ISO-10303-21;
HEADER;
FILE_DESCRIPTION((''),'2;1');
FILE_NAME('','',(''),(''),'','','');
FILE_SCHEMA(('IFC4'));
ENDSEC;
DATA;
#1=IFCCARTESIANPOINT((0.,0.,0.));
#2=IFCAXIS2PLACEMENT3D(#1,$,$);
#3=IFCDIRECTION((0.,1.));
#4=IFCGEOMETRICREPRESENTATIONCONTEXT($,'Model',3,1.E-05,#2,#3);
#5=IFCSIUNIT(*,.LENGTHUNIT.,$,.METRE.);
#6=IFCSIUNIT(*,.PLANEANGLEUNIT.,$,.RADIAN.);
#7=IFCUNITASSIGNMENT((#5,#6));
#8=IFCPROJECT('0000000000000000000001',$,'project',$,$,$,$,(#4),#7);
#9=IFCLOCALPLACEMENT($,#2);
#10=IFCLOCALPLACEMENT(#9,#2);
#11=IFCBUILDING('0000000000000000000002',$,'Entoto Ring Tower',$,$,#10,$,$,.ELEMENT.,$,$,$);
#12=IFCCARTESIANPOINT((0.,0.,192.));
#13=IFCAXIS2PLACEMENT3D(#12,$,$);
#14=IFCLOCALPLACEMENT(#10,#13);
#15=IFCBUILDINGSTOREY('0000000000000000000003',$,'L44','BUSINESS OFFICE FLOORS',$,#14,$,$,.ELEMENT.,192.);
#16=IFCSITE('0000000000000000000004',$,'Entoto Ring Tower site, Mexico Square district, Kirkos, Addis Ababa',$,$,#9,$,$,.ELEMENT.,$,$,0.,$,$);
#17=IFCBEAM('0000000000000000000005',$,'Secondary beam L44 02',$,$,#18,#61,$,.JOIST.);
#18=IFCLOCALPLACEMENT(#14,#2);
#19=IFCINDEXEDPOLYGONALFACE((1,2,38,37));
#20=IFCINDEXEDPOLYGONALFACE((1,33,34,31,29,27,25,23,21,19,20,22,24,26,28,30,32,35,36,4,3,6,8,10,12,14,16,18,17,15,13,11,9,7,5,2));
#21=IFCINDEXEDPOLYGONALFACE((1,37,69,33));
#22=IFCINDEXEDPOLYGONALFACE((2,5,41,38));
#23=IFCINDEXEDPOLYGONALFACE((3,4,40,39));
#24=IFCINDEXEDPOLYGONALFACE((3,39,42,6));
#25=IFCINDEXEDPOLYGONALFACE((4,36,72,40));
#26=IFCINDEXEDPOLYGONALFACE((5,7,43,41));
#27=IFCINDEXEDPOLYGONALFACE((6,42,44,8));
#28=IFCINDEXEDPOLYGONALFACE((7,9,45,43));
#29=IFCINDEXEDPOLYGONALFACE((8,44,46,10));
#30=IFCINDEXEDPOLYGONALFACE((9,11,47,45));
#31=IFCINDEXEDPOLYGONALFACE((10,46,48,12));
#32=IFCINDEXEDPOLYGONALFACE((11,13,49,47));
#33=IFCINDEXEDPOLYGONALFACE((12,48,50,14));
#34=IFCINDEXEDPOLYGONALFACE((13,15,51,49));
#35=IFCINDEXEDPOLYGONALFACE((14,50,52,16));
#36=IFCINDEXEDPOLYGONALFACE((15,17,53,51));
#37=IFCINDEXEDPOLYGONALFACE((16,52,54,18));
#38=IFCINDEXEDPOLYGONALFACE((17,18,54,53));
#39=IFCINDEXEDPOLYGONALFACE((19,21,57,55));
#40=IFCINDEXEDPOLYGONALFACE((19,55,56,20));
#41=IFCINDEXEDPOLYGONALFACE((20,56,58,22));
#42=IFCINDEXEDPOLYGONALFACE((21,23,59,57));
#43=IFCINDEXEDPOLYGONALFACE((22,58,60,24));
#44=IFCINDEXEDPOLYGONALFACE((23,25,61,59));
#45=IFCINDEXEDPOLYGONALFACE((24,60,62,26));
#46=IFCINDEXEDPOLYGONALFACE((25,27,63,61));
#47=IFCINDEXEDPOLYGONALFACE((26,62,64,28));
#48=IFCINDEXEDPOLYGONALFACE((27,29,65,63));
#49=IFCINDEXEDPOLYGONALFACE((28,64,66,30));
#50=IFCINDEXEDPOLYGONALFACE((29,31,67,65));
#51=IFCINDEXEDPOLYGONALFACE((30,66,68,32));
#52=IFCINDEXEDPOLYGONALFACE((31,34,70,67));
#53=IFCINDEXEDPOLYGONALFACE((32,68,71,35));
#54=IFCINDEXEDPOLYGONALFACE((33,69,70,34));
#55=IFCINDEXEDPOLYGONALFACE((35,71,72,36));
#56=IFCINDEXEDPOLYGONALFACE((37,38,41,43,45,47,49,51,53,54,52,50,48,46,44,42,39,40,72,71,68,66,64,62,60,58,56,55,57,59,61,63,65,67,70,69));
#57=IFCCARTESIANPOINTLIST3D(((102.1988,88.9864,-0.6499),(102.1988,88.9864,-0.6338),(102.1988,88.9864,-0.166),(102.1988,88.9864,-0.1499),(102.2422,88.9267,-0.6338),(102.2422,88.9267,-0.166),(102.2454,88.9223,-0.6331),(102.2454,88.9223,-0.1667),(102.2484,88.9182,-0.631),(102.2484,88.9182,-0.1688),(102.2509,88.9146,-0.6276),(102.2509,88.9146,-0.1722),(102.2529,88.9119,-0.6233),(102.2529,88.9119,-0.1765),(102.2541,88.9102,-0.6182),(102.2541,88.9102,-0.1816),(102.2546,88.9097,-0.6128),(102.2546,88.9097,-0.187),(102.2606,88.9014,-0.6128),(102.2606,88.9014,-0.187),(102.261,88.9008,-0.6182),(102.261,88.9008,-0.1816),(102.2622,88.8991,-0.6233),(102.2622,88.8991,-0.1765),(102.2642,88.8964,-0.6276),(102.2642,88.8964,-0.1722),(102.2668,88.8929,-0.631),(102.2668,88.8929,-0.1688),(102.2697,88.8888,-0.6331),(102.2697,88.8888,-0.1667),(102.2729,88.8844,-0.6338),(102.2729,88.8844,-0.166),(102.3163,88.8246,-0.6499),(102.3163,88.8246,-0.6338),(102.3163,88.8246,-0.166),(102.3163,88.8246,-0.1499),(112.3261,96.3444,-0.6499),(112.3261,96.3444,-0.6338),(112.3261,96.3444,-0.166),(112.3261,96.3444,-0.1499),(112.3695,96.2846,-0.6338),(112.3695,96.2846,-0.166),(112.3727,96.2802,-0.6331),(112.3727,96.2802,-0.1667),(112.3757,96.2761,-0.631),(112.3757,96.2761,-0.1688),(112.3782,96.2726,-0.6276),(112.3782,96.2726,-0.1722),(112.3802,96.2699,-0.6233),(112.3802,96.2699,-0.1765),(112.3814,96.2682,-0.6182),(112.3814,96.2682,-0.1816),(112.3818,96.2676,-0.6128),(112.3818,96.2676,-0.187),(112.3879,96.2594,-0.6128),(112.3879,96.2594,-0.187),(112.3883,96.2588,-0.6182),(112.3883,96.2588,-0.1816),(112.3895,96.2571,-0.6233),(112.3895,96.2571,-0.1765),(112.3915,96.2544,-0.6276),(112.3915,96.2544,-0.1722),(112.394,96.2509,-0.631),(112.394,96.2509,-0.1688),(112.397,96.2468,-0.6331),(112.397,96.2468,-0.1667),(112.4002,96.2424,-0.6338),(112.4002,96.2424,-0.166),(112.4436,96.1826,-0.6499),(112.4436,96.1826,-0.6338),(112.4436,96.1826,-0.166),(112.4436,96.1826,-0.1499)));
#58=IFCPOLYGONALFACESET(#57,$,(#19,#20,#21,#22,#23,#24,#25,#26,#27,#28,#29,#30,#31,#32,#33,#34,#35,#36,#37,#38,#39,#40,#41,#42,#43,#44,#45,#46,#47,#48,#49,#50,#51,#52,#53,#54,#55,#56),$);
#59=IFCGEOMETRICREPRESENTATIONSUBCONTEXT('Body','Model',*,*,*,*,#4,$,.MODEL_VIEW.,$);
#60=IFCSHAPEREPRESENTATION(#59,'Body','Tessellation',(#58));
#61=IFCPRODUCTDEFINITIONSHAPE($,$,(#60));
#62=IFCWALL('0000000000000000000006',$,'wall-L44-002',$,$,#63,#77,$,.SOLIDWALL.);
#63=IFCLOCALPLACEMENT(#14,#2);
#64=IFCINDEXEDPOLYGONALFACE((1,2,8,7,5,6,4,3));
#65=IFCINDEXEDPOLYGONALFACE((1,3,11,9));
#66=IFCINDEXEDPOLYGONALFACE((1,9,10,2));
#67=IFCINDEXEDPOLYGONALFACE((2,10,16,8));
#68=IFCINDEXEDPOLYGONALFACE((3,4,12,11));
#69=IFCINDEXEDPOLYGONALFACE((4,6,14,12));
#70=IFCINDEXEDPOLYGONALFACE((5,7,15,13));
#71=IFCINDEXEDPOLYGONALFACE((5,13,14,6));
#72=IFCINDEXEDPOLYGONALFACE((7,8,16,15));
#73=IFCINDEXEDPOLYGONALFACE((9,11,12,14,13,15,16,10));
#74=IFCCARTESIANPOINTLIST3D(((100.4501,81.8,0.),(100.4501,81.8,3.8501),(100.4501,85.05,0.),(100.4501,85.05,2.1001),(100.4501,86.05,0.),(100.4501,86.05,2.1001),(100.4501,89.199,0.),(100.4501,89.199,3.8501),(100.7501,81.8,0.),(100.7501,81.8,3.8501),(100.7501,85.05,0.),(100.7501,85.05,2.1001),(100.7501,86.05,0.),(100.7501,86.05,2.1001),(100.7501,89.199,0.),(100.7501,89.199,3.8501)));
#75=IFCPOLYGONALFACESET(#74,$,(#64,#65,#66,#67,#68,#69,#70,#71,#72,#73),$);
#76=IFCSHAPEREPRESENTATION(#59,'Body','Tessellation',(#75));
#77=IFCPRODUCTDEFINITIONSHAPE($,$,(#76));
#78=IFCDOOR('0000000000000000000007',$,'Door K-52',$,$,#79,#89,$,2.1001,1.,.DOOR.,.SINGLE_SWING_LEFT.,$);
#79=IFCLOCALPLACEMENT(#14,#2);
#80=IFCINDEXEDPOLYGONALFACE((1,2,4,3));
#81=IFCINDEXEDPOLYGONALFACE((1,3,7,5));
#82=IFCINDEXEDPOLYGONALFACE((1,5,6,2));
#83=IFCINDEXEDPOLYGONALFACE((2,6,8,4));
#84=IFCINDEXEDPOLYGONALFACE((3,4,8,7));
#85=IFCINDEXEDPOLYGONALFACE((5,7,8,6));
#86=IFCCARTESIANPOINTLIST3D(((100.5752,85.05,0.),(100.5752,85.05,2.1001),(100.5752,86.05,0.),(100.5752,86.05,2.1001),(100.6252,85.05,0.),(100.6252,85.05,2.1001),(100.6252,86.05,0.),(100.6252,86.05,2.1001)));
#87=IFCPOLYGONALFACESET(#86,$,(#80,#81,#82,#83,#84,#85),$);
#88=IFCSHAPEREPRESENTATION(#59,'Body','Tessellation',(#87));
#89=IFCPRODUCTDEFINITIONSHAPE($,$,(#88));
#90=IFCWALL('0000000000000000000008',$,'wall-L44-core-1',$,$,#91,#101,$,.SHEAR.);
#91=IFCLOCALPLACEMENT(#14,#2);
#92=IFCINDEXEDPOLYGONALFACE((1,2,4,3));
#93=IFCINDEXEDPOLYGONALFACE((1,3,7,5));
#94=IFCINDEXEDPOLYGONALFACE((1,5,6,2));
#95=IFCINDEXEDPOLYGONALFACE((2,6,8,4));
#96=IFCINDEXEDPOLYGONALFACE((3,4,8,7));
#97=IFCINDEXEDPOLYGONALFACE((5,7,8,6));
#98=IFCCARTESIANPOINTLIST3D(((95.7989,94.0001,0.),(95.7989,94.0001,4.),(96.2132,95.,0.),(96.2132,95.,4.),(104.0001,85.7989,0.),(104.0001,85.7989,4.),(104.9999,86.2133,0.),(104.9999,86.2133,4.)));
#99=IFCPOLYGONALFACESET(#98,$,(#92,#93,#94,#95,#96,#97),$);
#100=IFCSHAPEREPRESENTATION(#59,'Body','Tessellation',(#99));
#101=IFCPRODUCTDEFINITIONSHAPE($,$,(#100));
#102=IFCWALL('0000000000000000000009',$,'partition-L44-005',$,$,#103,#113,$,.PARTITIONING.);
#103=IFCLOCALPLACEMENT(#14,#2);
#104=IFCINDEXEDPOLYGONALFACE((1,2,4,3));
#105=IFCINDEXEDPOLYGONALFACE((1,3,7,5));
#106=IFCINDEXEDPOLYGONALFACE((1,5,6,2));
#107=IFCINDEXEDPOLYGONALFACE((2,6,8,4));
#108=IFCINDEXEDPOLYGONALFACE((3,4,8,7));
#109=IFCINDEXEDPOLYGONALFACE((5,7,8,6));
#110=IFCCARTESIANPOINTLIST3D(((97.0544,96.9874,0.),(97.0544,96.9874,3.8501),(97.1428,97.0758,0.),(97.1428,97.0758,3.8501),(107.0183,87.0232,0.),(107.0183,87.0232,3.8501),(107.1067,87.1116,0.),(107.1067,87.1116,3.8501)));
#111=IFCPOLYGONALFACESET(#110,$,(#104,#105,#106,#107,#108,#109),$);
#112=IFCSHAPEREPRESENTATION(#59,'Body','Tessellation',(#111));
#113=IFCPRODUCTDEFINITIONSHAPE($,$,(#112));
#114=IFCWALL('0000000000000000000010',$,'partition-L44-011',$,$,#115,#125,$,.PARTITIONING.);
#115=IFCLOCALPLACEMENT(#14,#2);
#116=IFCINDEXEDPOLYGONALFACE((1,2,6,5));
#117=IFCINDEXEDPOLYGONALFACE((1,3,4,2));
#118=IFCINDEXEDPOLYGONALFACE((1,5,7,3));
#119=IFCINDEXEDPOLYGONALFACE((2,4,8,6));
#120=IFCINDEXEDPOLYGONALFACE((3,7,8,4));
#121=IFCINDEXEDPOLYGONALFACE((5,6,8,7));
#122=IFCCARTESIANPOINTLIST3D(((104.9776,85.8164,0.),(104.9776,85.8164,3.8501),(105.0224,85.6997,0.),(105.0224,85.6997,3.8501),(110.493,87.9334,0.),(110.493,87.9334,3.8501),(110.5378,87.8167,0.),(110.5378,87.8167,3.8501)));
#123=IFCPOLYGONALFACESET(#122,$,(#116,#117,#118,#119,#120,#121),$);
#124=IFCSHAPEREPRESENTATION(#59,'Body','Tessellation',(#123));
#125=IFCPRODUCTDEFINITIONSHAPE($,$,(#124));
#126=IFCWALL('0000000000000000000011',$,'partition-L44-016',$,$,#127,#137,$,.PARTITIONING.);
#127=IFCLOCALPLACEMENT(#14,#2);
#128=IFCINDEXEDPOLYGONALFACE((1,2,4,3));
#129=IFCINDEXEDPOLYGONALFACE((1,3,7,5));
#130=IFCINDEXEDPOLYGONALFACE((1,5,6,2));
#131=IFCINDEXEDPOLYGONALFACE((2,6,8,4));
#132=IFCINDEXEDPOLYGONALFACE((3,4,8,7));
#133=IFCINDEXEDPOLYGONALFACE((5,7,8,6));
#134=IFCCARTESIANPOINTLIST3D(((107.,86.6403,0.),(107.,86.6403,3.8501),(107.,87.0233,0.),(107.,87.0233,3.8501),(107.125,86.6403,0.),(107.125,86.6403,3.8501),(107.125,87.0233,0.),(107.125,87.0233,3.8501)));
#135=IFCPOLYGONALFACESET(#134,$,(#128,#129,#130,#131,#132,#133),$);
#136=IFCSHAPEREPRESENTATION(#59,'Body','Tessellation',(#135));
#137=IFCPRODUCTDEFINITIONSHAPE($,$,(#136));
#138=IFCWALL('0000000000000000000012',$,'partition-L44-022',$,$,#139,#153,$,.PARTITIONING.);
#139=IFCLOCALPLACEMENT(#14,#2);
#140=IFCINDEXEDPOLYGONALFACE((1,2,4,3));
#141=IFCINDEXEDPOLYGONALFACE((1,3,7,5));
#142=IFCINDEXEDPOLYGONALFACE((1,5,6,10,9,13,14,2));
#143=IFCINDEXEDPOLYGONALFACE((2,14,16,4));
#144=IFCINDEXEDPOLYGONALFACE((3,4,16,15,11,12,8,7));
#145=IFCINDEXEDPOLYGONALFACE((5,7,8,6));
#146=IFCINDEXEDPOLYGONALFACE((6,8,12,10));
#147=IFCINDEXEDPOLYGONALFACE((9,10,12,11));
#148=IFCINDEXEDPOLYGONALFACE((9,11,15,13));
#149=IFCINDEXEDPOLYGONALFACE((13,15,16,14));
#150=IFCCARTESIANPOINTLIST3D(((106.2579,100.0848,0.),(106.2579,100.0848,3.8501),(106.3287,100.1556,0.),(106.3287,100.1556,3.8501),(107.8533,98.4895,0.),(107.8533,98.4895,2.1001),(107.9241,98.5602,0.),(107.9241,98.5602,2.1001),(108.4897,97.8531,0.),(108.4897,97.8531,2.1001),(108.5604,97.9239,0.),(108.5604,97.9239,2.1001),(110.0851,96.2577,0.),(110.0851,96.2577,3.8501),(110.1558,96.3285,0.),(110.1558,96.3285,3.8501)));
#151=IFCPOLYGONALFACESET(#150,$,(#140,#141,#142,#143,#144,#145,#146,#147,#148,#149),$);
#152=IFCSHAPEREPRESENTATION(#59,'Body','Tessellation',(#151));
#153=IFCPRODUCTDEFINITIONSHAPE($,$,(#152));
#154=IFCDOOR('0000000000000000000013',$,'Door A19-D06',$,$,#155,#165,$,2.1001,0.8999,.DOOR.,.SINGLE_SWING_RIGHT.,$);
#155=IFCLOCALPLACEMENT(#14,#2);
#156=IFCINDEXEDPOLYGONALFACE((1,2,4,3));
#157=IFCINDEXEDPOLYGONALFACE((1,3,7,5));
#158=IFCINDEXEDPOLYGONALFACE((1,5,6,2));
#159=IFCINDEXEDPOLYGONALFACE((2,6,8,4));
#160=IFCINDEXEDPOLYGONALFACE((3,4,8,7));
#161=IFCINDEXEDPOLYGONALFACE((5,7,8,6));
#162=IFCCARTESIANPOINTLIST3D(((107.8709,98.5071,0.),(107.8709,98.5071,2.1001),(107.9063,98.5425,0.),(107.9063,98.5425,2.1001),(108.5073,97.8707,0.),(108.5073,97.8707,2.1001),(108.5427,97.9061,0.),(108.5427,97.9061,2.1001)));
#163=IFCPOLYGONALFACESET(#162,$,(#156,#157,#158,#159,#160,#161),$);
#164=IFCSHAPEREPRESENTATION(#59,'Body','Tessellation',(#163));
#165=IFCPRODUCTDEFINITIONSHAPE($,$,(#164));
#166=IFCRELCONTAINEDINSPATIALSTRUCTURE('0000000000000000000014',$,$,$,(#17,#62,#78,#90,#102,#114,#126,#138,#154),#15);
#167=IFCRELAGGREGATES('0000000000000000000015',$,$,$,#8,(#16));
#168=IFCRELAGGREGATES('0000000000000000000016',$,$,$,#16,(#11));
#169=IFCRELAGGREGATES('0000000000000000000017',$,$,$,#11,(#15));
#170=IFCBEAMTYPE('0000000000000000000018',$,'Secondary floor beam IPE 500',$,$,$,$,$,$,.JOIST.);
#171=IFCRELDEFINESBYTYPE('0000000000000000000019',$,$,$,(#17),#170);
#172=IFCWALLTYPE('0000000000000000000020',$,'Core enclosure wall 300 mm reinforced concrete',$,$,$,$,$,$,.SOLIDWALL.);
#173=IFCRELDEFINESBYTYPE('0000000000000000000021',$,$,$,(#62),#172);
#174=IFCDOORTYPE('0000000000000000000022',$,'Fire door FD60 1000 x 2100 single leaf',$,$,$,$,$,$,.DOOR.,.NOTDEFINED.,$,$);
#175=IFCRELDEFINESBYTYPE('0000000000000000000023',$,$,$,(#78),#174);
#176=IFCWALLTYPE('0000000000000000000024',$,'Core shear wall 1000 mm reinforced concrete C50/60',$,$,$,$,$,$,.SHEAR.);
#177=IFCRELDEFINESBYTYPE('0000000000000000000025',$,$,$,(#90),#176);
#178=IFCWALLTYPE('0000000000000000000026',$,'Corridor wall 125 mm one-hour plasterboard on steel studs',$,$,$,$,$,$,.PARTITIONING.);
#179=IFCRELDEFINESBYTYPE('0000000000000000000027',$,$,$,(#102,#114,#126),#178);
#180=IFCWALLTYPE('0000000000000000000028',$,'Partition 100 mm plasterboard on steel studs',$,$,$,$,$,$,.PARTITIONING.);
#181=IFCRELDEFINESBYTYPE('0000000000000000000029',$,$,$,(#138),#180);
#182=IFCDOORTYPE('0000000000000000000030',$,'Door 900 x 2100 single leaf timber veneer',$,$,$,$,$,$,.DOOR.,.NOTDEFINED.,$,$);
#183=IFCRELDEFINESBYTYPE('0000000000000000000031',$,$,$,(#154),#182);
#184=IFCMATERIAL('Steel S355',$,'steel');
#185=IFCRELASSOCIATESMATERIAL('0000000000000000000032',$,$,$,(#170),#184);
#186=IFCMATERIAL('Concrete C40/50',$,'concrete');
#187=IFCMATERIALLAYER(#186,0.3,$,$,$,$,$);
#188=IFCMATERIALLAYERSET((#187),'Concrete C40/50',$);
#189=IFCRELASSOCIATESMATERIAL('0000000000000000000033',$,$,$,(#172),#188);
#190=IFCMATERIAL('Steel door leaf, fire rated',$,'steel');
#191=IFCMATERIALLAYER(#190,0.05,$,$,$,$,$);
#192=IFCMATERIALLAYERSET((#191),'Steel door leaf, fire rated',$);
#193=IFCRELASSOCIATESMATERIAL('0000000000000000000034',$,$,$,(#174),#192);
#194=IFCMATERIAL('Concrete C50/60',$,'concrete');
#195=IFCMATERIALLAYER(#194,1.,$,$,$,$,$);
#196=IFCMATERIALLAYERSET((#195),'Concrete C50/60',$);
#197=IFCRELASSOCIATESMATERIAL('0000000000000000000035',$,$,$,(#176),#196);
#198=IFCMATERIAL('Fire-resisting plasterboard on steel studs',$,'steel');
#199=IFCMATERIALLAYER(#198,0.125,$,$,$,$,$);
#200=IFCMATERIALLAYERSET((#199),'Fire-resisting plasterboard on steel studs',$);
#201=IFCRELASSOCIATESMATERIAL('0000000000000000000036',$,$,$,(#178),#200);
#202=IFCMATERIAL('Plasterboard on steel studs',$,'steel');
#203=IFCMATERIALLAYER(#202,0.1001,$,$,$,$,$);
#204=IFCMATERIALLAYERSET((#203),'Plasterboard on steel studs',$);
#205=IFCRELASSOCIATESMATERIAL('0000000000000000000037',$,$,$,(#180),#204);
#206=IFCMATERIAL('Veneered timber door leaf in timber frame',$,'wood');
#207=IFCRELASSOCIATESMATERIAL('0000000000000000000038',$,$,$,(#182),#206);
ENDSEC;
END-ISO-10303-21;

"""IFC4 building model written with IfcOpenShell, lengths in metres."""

from ifc_helpers import new_model, si_unit, direction, frame, frame_2d, origin, origin_2d, place, context, subcontext, project, spatial, polyline, rectangle, i_section, outline, extrude, material, layer, layer_set, material_profile, profile_set, type_object, element, fill, save


model = new_model("IFC4")

# Units and contexts
model_context = context("Model", 3, precision=1e-05, world=origin(), true_north=direction((0.0, 1.0)))
body_context = subcontext(model_context, "Body", "Model", "MODEL_VIEW")
ifc_project = project(units=[si_unit("LENGTHUNIT", "METRE"), si_unit("PLANEANGLEUNIT", "RADIAN")], contexts=[model_context])

# Site, building, storey
site_placement = place(None, origin())
site = spatial("IfcSite", under=ifc_project, at=site_placement, Name="Entoto Ring Tower site, Mexico Square district, Kirkos, Addis Ababa", CompositionType="ELEMENT", RefElevation=0.0)
building_placement = place(site_placement, origin())
building = spatial("IfcBuilding", under=site, at=building_placement, Name="Entoto Ring Tower", CompositionType="ELEMENT")
storey_placement = place(building_placement, frame((0.0, 0.0, 192.0)))
storey = spatial("IfcBuildingStorey", under=building, at=storey_placement, Name="L44", Description="BUSINESS OFFICE FLOORS", CompositionType="ELEMENT", Elevation=192.0)

# Beam
ifc_material_1 = material(Name="Steel S355", Category="steel")
ifc_material_profile_1 = material_profile(ifc_material_1, i_section(OverallWidth=0.2, OverallDepth=0.5, WebThickness=0.0103, FlangeThickness=0.0161, FilletRadius=0.021, at=origin_2d()), Name="IPE 500")
ifc_profile_set_1 = profile_set([ifc_material_profile_1], Name="Steel S355")
beam_type_1 = type_object("IfcBeamType", Name="Secondary floor beam IPE 500", PredefinedType="JOIST", material=ifc_profile_set_1)
beam_1_placement = place(storey_placement, frame((102.2576, 88.9055, -0.3999), z_axis=(0.809014, 0.587789, 0.0), x_axis=(-0.587789, 0.809014, 0.0)))
element("IfcBeam", 1, at=beam_1_placement, inside=storey, type_object=beam_type_1, Name="Secondary beam L44 02", PredefinedType="JOIST", context=body_context, shape_type="SweptSolid", body=[
    extrude(i_section(OverallWidth=0.2, OverallDepth=0.5, WebThickness=0.0103, FlangeThickness=0.0161, FilletRadius=0.021, at=origin_2d()), origin(), (0.0, 0.0, 1.0), 12.5181),
])

# Wall, opening, door
ifc_material_2 = material(Name="Concrete C40/50", Category="concrete")
ifc_layer_1 = layer(ifc_material_2, 0.3)
ifc_layer_set_1 = layer_set([ifc_layer_1], Name="Concrete C40/50")
wall_type_1 = type_object("IfcWallType", Name="Core enclosure wall 300 mm reinforced concrete", PredefinedType="SOLIDWALL", material=ifc_layer_set_1)
wall_1_placement = place(storey_placement, frame((100.6001, 81.8, 0.0), z_axis=(0.0, 0.0, 1.0), x_axis=(0.0, 1.0, 0.0)))
wall_1 = element("IfcWall", 2, at=wall_1_placement, inside=storey, type_object=wall_type_1, Name="wall-L44-002", PredefinedType="SOLIDWALL", context=body_context, shape_type="SweptSolid", body=[
    extrude(rectangle(XDim=7.3989, YDim=0.3, at=frame_2d((3.6995, 0.0))), origin(), (0.0, 0.0, 1.0), 3.8501),
])
opening_1_placement = place(wall_1_placement, frame((3.25, 0.0, 0.0)))
opening_1 = element("IfcOpeningElement", 3, at=opening_1_placement, cuts=wall_1, PredefinedType="OPENING", context=body_context, shape_type="SweptSolid", body=[
    extrude(rectangle(XDim=1.0, YDim=2.1001, at=frame_2d((0.5, 1.05))), frame((0.0, 0.1602, 0.0), z_axis=(0.0, -1.0, 0.0), x_axis=(1.0, 0.0, 0.0)), (0.0, 0.0, 1.0), 0.3201),
])
ifc_material_3 = material(Name="Steel door leaf, fire rated", Category="steel")
ifc_layer_2 = layer(ifc_material_3, 0.05)
ifc_layer_set_2 = layer_set([ifc_layer_2], Name="Steel door leaf, fire rated")
door_type_1 = type_object("IfcDoorType", Name="Fire door FD60 1000 x 2100 single leaf", OperationType="NOTDEFINED", PredefinedType="DOOR", material=ifc_layer_set_2)
door_1_placement = place(opening_1_placement, origin())
door_1 = element("IfcDoor", 4, at=door_1_placement, inside=storey, type_object=door_type_1, Name="Door K-52", OperationType="SINGLE_SWING_LEFT", OverallHeight=2.1001, OverallWidth=1.0, PredefinedType="DOOR", context=body_context, shape_type="SweptSolid", body=[
    extrude(rectangle(XDim=1.0, YDim=2.1001, at=frame_2d((0.5, 1.05))), frame((0.0, 0.0249, 0.0), z_axis=(0.0, -1.0, 0.0), x_axis=(1.0, 0.0, 0.0)), (0.0, 0.0, 1.0), 0.05),
])
fill(opening_1, door_1)

# Walls
ifc_material_4 = material(Name="Concrete C50/60", Category="concrete")
ifc_layer_3 = layer(ifc_material_4, 1.0)
ifc_layer_set_3 = layer_set([ifc_layer_3], Name="Concrete C50/60")
wall_type_2 = type_object("IfcWallType", Name="Core shear wall 1000 mm reinforced concrete C50/60", PredefinedType="SHEAR", material=ifc_layer_set_3)
wall_2_placement = place(storey_placement, frame((104.5, 86.0061, 0.0), z_axis=(0.0, 0.0, 1.0), x_axis=(-0.707107, 0.707107, 0.0)))
element("IfcWall", 5, at=wall_2_placement, inside=storey, type_object=wall_type_2, Name="wall-L44-core-1", PredefinedType="SHEAR", context=body_context, shape_type="SweptSolid", body=[
    extrude(outline(polyline([(-0.207, -0.5), (12.2192, -0.5), (11.8052, 0.5), (0.207, 0.5), (-0.207, -0.5)])), origin(), (0.0, 0.0, 1.0), 4.0),
])
ifc_material_5 = material(Name="Fire-resisting plasterboard on steel studs", Category="steel")
ifc_layer_4 = layer(ifc_material_5, 0.125)
ifc_layer_set_4 = layer_set([ifc_layer_4], Name="Fire-resisting plasterboard on steel studs")
wall_type_3 = type_object("IfcWallType", Name="Corridor wall 125 mm one-hour plasterboard on steel studs", PredefinedType="PARTITIONING", material=ifc_layer_set_4)
wall_3_placement = place(storey_placement, frame((107.0625, 87.0674, 0.0), z_axis=(0.0, 0.0, 1.0), x_axis=(-0.707098, 0.707115, 0.0)))
element("IfcWall", 6, at=wall_3_placement, inside=storey, type_object=wall_type_3, Name="partition-L44-005", PredefinedType="PARTITIONING", context=body_context, shape_type="SweptSolid", body=[
    extrude(rectangle(XDim=14.0913, YDim=0.125, at=frame_2d((7.0457, 0.0))), origin(), (0.0, 0.0, 1.0), 3.8501),
])
wall_4_placement = place(storey_placement, frame((105.0, 85.7581, 0.0), z_axis=(0.0, 0.0, 1.0), x_axis=(0.933592, 0.358337, 0.0)))
element("IfcWall", 7, at=wall_4_placement, inside=storey, type_object=wall_type_3, Name="partition-L44-011", PredefinedType="PARTITIONING", context=body_context, shape_type="SweptSolid", body=[
    extrude(rectangle(XDim=5.9077, YDim=0.125, at=frame_2d((2.9539, 0.0))), origin(), (0.0, 0.0, 1.0), 3.8501),
])
wall_5_placement = place(storey_placement, frame((107.0625, 86.6404, 0.0), z_axis=(0.0, 0.0, 1.0), x_axis=(0.0, 1.0, 0.0)))
element("IfcWall", 8, at=wall_5_placement, inside=storey, type_object=wall_type_3, Name="partition-L44-016", PredefinedType="PARTITIONING", context=body_context, shape_type="SweptSolid", body=[
    extrude(rectangle(XDim=0.3831, YDim=0.125, at=frame_2d((0.1914, 0.0))), origin(), (0.0, 0.0, 1.0), 3.8501),
])

# Wall, opening, door
ifc_material_6 = material(Name="Plasterboard on steel studs", Category="steel")
ifc_layer_5 = layer(ifc_material_6, 0.1001)
ifc_layer_set_5 = layer_set([ifc_layer_5], Name="Plasterboard on steel studs")
wall_type_4 = type_object("IfcWallType", Name="Partition 100 mm plasterboard on steel studs", PredefinedType="PARTITIONING", material=ifc_layer_set_5)
wall_6_placement = place(storey_placement, frame((110.1204, 96.2932, 0.0), z_axis=(0.0, 0.0, 1.0), x_axis=(-0.707107, 0.707107, 0.0)))
wall_6 = element("IfcWall", 9, at=wall_6_placement, inside=storey, type_object=wall_type_4, Name="partition-L44-022", PredefinedType="PARTITIONING", context=body_context, shape_type="SweptSolid", body=[
    extrude(rectangle(XDim=5.4124, YDim=0.1001, at=frame_2d((2.7061, 0.0))), origin(), (0.0, 0.0, 1.0), 3.8501),
])
opening_2_placement = place(wall_6_placement, frame((2.2561, 0.0, 0.0)))
opening_2 = element("IfcOpeningElement", 10, at=opening_2_placement, cuts=wall_6, PredefinedType="OPENING", context=body_context, shape_type="SweptSolid", body=[
    extrude(rectangle(XDim=0.8999, YDim=2.1001, at=frame_2d((0.45, 1.05))), frame((0.0, 0.0601, 0.0), z_axis=(0.0, -1.0, 0.0), x_axis=(1.0, 0.0, 0.0)), (0.0, 0.0, 1.0), 0.1201),
])
ifc_material_7 = material(Name="Veneered timber door leaf in timber frame", Category="wood")
door_type_2 = type_object("IfcDoorType", Name="Door 900 x 2100 single leaf timber veneer", OperationType="NOTDEFINED", PredefinedType="DOOR", material=ifc_material_7)
door_2_placement = place(opening_2_placement, frame((0.8999, 0.0, 0.0), z_axis=(0.0, 0.0, 1.0), x_axis=(-1.0, 0.0, 0.0)))
door_2 = element("IfcDoor", 11, at=door_2_placement, inside=storey, type_object=door_type_2, Name="Door A19-D06", OperationType="SINGLE_SWING_RIGHT", OverallHeight=2.1001, OverallWidth=0.8999, PredefinedType="DOOR", context=body_context, shape_type="SweptSolid", body=[
    extrude(rectangle(XDim=0.8999, YDim=2.1001, at=frame_2d((0.45, 1.05))), frame((0.0, 0.0249, 0.0), z_axis=(0.0, -1.0, 0.0), x_axis=(1.0, 0.0, 0.0)), (0.0, 0.0, 1.0), 0.05),
])
fill(opening_2, door_2)

save(model, "model.ifc")
